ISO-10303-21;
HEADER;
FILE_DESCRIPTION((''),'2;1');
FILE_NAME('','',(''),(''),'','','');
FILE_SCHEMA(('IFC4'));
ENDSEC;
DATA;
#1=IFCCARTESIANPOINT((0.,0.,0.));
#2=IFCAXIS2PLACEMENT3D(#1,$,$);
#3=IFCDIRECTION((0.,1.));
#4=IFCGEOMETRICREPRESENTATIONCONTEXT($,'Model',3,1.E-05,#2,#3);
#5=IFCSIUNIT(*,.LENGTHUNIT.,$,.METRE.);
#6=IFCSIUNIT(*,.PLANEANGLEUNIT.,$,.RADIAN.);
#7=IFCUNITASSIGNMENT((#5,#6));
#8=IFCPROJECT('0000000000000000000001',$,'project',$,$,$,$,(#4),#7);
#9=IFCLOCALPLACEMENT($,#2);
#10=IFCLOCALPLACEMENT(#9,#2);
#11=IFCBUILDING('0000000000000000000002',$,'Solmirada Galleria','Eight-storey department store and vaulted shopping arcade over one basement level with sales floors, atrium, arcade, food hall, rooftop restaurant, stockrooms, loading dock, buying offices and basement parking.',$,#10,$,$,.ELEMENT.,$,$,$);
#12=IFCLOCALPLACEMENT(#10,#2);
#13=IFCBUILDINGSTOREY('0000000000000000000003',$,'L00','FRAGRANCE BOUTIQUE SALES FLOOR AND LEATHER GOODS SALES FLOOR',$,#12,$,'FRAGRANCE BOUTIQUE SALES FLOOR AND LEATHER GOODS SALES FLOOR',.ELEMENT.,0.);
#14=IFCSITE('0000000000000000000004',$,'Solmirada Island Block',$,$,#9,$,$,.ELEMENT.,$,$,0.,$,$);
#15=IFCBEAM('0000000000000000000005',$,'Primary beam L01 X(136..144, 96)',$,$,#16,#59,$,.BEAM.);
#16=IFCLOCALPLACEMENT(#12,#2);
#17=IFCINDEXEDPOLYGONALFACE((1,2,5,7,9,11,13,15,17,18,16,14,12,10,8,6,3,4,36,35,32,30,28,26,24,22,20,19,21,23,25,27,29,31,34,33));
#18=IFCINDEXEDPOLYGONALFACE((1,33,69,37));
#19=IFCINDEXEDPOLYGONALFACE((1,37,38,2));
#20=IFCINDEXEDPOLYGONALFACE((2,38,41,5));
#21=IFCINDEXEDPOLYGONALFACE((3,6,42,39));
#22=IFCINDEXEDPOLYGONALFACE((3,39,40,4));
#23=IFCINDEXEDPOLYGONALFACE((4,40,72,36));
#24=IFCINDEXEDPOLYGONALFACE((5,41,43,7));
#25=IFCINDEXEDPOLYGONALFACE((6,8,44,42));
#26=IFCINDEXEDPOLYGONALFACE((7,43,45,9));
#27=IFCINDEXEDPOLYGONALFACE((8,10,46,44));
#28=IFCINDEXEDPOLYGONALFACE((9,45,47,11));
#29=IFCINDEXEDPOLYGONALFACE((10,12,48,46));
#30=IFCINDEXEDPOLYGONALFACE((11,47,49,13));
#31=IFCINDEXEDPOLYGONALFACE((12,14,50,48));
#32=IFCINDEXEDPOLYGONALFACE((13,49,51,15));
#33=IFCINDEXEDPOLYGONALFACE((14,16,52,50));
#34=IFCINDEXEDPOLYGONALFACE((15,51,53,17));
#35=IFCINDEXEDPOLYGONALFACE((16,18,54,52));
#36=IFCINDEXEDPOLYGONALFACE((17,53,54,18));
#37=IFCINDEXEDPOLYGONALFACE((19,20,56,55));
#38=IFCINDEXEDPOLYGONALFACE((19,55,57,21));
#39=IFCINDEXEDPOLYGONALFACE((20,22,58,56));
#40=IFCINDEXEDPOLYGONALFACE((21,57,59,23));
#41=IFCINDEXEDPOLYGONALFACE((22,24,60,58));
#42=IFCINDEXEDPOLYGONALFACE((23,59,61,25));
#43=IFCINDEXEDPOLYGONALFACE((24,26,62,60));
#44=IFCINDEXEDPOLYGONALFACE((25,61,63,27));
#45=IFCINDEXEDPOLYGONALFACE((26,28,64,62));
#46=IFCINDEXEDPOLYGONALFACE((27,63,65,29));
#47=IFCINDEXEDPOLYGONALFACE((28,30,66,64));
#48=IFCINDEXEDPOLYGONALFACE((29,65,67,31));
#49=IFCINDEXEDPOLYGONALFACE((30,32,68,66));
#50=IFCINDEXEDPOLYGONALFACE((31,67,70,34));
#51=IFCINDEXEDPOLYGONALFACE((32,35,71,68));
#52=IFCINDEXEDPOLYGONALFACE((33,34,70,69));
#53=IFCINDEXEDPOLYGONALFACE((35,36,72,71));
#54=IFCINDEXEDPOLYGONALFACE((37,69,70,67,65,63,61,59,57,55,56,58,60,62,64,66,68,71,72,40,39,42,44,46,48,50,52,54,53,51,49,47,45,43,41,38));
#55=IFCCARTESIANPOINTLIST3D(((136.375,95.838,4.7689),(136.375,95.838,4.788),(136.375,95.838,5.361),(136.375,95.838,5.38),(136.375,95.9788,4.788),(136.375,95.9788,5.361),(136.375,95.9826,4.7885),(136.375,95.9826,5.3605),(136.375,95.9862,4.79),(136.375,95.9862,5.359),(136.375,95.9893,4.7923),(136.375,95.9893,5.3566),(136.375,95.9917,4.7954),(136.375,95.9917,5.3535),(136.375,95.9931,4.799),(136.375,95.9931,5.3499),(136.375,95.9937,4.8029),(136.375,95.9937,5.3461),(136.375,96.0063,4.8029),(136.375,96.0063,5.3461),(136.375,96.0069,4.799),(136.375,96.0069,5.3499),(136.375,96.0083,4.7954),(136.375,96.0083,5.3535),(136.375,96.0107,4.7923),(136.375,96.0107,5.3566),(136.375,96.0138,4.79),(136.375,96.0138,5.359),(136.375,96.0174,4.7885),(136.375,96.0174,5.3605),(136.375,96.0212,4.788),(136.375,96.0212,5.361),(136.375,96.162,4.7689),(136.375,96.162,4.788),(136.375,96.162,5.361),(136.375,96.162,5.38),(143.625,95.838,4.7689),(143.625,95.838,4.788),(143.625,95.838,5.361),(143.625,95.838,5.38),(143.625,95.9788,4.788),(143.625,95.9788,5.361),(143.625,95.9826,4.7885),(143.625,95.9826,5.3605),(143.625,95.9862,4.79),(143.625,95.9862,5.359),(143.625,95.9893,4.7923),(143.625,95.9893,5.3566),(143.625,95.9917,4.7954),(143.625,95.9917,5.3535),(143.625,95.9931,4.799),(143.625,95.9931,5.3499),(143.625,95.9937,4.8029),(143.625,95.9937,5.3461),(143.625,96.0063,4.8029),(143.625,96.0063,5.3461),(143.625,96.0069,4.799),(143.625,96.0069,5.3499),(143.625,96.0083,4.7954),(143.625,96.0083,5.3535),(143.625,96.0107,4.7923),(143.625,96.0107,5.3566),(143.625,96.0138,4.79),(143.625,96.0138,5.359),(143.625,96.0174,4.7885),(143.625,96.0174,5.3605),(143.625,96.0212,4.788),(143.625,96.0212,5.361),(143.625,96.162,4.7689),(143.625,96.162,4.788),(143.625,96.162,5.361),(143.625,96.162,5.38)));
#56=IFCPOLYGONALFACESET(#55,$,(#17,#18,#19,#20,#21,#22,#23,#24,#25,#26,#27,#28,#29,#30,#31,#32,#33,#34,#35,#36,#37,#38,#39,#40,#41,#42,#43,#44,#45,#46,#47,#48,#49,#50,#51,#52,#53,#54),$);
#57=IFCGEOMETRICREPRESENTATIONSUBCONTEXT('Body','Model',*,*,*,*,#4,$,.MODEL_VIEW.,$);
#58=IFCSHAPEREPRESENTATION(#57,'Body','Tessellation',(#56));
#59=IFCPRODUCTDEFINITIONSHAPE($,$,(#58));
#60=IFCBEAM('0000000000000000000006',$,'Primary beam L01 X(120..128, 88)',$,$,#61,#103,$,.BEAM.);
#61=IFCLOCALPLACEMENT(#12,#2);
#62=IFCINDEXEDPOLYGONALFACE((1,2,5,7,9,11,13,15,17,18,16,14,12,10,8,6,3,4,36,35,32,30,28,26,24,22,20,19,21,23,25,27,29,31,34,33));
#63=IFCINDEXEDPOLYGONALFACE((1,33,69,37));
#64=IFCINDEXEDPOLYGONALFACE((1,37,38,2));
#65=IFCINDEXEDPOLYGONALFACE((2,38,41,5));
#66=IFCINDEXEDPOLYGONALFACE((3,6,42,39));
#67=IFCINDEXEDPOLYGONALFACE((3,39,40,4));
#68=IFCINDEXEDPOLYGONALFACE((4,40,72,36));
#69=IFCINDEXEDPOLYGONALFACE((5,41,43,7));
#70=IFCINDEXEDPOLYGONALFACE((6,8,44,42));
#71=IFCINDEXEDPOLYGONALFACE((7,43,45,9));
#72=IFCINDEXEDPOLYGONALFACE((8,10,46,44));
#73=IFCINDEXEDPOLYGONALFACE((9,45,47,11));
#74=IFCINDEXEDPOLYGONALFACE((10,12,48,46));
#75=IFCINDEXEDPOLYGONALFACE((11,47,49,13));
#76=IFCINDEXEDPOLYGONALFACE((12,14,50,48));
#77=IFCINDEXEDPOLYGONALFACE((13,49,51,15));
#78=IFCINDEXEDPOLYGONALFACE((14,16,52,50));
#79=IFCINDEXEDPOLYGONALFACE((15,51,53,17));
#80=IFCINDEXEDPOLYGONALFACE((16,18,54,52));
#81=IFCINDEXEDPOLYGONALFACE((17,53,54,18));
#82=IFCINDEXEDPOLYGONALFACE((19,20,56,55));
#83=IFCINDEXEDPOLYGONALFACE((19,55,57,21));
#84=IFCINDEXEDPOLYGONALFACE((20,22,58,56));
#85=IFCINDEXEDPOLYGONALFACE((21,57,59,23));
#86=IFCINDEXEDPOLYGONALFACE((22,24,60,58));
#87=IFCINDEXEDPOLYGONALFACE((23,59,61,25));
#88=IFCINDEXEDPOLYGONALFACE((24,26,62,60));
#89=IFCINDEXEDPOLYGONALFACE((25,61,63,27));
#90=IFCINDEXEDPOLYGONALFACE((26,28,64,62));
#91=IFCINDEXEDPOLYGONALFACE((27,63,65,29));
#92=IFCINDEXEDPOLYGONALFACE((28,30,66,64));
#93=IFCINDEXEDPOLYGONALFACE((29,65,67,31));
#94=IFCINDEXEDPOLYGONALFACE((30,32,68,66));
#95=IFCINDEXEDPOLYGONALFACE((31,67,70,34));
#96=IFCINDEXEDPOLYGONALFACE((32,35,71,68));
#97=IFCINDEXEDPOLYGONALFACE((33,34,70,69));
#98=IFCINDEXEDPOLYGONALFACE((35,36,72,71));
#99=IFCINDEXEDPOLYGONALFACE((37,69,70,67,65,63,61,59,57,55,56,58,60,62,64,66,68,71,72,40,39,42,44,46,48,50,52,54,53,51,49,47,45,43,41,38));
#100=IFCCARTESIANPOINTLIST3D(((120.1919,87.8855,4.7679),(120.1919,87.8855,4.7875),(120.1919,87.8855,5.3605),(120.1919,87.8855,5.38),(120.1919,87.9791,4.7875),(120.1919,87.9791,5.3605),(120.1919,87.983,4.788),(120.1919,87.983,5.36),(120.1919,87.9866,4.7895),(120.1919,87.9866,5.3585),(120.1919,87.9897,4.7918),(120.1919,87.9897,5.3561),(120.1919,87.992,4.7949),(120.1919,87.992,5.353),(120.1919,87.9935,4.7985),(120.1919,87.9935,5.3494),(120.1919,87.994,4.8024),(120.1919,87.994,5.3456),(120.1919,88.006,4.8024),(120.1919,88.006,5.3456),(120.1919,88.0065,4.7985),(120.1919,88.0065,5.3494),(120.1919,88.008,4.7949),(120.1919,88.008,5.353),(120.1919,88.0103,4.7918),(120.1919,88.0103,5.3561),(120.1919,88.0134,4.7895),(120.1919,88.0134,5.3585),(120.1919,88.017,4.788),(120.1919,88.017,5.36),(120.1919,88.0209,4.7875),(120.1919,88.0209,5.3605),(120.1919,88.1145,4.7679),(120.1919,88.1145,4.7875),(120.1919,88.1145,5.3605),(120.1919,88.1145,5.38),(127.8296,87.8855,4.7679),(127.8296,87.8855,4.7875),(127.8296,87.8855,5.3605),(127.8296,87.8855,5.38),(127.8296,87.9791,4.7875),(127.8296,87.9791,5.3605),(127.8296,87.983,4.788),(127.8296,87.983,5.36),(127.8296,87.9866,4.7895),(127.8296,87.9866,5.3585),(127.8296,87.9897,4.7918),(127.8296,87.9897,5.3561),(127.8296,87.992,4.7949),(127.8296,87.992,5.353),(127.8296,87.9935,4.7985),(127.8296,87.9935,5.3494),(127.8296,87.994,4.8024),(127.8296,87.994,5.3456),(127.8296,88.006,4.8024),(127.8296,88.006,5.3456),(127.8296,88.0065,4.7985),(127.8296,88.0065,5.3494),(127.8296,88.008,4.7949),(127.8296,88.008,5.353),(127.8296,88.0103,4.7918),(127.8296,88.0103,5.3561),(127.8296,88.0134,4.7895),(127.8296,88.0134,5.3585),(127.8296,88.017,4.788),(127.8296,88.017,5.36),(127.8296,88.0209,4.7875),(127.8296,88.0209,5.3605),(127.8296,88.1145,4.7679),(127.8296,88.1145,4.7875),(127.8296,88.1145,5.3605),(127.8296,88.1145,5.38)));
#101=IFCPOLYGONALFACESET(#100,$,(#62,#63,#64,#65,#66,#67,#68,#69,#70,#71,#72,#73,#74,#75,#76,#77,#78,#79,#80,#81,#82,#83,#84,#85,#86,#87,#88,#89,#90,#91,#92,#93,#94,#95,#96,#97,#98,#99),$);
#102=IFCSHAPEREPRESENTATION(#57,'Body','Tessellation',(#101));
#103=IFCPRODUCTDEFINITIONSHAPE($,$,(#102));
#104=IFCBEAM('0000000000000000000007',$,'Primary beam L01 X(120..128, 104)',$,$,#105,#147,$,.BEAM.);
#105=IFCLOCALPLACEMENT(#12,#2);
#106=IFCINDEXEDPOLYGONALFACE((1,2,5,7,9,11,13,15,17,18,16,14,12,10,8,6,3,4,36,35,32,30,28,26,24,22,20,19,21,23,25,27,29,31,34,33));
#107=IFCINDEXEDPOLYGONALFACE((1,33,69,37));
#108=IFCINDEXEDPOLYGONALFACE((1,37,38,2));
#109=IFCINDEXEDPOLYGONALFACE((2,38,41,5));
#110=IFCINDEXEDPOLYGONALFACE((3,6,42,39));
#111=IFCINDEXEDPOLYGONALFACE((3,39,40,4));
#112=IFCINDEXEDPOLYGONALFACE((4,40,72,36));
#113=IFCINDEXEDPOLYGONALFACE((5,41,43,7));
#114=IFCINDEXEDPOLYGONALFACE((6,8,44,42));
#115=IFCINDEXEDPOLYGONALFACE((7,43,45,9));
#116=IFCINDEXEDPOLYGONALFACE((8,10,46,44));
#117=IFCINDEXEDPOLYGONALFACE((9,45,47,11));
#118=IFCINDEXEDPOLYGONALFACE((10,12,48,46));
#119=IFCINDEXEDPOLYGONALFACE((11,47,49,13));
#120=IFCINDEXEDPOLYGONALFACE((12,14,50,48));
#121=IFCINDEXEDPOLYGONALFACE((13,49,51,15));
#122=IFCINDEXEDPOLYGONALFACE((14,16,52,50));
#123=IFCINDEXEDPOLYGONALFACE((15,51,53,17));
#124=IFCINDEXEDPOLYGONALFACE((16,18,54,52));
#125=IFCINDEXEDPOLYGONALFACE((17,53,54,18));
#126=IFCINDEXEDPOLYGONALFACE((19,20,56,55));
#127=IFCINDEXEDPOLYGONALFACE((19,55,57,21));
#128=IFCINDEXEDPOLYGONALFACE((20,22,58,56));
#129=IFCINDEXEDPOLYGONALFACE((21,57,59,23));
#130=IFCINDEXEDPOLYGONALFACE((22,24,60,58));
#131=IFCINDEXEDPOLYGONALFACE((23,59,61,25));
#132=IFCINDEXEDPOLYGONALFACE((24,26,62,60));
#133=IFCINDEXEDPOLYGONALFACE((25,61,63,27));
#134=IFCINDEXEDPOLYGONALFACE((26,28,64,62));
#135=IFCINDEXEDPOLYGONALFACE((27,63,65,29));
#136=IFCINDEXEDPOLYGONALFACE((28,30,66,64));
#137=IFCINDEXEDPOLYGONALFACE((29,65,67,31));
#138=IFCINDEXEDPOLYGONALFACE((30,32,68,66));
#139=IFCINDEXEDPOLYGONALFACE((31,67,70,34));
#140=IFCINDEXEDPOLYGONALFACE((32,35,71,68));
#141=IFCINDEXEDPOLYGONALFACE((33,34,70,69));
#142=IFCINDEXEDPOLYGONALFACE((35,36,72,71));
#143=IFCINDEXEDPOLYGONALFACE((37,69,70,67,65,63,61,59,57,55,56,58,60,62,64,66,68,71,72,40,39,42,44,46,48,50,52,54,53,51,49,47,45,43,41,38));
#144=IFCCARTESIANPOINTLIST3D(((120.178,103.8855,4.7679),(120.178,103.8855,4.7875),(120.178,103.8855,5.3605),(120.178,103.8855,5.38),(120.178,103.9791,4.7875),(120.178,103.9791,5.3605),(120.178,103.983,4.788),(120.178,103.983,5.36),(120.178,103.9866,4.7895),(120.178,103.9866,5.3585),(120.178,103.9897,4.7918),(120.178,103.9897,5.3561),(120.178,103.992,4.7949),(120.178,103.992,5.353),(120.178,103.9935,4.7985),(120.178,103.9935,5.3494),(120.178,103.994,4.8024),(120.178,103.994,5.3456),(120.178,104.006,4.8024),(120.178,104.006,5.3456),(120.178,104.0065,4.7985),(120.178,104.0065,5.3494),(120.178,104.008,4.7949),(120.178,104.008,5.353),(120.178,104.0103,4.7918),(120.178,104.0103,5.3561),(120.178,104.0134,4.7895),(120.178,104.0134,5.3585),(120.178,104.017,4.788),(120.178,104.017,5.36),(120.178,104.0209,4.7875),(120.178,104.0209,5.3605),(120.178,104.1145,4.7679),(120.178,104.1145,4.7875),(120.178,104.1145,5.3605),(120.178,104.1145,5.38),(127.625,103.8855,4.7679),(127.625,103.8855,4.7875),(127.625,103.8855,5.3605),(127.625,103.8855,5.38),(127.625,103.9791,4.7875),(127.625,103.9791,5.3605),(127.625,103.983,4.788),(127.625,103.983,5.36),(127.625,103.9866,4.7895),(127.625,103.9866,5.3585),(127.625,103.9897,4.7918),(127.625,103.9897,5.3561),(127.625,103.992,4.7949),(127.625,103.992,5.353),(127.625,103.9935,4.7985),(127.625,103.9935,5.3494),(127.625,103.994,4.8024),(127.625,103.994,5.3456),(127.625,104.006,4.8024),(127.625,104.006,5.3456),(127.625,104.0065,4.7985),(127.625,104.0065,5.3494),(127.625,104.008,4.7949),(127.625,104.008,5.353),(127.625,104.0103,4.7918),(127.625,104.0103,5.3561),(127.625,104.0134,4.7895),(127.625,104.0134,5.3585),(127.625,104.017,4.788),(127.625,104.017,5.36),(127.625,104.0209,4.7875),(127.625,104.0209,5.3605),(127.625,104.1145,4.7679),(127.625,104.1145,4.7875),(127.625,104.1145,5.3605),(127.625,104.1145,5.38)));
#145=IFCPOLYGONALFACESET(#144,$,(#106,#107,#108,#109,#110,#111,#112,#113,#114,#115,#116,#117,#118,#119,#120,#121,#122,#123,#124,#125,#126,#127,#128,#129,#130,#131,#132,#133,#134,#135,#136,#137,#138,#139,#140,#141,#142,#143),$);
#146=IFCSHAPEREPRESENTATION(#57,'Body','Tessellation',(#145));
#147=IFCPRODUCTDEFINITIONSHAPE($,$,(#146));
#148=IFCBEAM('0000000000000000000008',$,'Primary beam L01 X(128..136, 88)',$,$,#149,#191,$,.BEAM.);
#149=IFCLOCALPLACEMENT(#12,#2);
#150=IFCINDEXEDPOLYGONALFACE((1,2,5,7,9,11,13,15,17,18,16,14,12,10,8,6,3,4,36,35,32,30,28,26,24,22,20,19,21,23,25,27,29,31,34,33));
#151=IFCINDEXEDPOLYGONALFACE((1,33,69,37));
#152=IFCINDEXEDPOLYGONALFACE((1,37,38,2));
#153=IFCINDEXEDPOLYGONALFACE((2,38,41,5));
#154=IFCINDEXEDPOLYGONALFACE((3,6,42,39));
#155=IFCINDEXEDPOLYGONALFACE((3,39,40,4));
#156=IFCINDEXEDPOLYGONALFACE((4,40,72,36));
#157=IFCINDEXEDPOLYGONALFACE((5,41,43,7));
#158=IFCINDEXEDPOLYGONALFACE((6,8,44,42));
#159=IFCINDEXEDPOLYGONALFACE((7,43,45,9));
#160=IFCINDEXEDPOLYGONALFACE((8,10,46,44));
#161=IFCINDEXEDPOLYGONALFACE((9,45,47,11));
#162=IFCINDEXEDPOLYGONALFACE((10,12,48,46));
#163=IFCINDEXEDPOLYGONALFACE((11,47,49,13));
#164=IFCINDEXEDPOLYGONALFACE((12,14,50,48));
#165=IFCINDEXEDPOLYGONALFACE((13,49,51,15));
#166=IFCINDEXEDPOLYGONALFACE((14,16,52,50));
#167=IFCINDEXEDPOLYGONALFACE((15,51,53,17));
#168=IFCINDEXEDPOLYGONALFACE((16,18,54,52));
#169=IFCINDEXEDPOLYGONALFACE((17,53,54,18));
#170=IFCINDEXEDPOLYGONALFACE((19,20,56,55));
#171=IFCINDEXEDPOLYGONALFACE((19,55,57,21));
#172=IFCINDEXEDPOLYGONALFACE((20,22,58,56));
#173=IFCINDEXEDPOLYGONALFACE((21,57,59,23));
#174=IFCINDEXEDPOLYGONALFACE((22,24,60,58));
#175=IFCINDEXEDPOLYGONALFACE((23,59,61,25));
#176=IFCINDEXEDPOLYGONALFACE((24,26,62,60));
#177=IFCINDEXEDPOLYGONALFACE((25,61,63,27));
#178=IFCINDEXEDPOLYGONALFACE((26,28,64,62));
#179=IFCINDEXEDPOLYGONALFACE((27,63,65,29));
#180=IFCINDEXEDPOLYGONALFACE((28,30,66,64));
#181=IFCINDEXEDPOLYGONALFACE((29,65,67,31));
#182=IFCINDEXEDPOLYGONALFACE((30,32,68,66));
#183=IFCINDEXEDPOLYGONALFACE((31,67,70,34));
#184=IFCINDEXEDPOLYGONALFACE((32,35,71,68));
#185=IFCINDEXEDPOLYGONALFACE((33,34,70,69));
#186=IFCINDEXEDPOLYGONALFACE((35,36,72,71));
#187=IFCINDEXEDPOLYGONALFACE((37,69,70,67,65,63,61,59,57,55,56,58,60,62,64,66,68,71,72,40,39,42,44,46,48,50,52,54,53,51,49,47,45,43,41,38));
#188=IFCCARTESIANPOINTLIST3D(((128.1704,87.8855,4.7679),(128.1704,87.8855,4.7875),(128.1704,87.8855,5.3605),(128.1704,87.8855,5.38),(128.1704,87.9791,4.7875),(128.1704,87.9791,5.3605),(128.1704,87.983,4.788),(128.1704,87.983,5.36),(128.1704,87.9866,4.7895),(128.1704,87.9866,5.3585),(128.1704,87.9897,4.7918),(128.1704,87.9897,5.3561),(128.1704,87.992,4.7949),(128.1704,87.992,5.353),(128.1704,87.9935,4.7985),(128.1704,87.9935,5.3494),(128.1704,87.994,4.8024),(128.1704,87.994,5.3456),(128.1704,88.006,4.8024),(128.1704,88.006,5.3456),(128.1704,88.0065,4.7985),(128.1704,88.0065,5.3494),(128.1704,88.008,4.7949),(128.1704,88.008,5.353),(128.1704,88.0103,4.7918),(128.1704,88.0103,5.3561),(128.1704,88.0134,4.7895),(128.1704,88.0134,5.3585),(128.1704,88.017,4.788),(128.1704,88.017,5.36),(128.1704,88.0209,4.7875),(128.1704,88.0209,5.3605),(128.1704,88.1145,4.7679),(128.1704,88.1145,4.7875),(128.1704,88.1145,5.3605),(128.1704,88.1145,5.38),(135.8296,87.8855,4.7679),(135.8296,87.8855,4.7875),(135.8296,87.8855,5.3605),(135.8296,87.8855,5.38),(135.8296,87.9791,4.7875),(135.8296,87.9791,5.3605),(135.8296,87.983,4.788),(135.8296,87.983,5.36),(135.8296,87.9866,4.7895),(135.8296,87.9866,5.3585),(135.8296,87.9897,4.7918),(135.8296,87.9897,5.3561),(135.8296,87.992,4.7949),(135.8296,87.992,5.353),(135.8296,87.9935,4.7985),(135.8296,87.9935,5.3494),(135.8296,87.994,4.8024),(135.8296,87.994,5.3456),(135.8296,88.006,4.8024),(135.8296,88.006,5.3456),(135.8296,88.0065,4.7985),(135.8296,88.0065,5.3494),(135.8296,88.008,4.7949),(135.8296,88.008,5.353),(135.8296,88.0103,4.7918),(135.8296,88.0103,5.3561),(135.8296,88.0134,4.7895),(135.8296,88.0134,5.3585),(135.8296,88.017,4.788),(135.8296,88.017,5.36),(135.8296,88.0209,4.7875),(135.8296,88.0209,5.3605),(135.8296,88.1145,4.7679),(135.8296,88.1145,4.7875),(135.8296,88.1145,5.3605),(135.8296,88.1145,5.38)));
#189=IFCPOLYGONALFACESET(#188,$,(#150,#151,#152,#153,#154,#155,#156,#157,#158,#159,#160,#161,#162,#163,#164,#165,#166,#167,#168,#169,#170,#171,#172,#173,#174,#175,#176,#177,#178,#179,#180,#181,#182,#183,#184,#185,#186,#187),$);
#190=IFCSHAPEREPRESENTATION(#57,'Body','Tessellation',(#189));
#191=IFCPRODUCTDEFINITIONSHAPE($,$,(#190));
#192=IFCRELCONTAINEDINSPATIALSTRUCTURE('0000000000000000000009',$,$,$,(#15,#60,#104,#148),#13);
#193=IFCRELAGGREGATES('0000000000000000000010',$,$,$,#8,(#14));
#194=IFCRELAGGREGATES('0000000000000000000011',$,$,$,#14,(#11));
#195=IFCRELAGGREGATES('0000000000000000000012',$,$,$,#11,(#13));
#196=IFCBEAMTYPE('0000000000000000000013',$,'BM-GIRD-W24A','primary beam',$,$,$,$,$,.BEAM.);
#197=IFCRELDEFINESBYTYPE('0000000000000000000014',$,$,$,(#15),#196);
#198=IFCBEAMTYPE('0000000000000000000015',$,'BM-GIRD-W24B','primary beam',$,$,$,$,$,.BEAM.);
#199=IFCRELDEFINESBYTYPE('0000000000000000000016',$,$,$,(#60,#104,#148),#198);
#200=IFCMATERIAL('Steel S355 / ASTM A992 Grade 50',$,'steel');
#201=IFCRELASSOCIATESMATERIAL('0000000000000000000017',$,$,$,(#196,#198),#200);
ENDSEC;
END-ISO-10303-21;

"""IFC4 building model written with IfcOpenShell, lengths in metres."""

from ifc_helpers import new_model, si_unit, direction, frame, origin, origin_2d, place, context, subcontext, project, spatial, i_section, extrude, material, material_profile, profile_set, type_object, element, save


model = new_model("IFC4")

# Units and contexts
model_context = context("Model", 3, precision=1e-05, world=origin(), true_north=direction((0.0, 1.0)))
body_context = subcontext(model_context, "Body", "Model", "MODEL_VIEW")
ifc_project = project(units=[si_unit("LENGTHUNIT", "METRE"), si_unit("PLANEANGLEUNIT", "RADIAN")], contexts=[model_context])

# Site, building, storey
site_placement = place(None, origin())
site = spatial("IfcSite", under=ifc_project, at=site_placement, Name="Solmirada Island Block", CompositionType="ELEMENT", RefElevation=0.0)
building_placement = place(site_placement, origin())
building = spatial("IfcBuilding", under=site, at=building_placement, Name="Solmirada Galleria", Description="Eight-storey department store and vaulted shopping arcade over one basement level with sales floors, atrium, arcade, food hall, rooftop restaurant, stockrooms, loading dock, buying offices and basement parking.", CompositionType="ELEMENT")
storey_placement = place(building_placement, origin())
storey = spatial("IfcBuildingStorey", under=building, at=storey_placement, Name="L00", Description="FRAGRANCE BOUTIQUE SALES FLOOR AND LEATHER GOODS SALES FLOOR", LongName="FRAGRANCE BOUTIQUE SALES FLOOR AND LEATHER GOODS SALES FLOOR", CompositionType="ELEMENT", Elevation=0.0)

# Beams
ifc_material_1 = material(Name="Steel S355 / ASTM A992 Grade 50", Category="steel")
ifc_material_profile_1 = material_profile(ifc_material_1, i_section(OverallWidth=0.324, OverallDepth=0.6111, WebThickness=0.0127, FlangeThickness=0.019, FilletRadius=0.0149, at=origin_2d()), Name="W24X104")
ifc_profile_set_1 = profile_set([ifc_material_profile_1], Name="Steel S355 / ASTM A992 Grade 50")
beam_type_1 = type_object("IfcBeamType", Name="BM-GIRD-W24A", Description="primary beam", PredefinedType="BEAM", material=ifc_profile_set_1)
beam_1_placement = place(storey_placement, frame((136.375, 96.0, 5.0745), z_axis=(1.0, 0.0, 0.0), x_axis=(0.0, 1.0, 0.0)))
element("IfcBeam", 1, at=beam_1_placement, inside=storey, type_object=beam_type_1, Name="Primary beam L01 X(136..144, 96)", PredefinedType="BEAM", context=body_context, shape_type="SweptSolid", body=[
    extrude(i_section(OverallWidth=0.324, OverallDepth=0.6111, WebThickness=0.0127, FlangeThickness=0.019, FilletRadius=0.0149, at=origin_2d()), origin(), (0.0, 0.0, 1.0), 7.25),
])
ifc_material_profile_2 = material_profile(ifc_material_1, i_section(OverallWidth=0.229, OverallDepth=0.6121, WebThickness=0.012, FlangeThickness=0.0195, FilletRadius=0.0149, at=origin_2d()), Name="W24X84")
ifc_profile_set_2 = profile_set([ifc_material_profile_2], Name="Steel S355 / ASTM A992 Grade 50")
beam_type_2 = type_object("IfcBeamType", Name="BM-GIRD-W24B", Description="primary beam", PredefinedType="BEAM", material=ifc_profile_set_2)
beam_2_placement = place(storey_placement, frame((120.1919, 88.0, 5.074), z_axis=(1.0, 0.0, 0.0), x_axis=(0.0, 1.0, 0.0)))
element("IfcBeam", 2, at=beam_2_placement, inside=storey, type_object=beam_type_2, Name="Primary beam L01 X(120..128, 88)", PredefinedType="BEAM", context=body_context, shape_type="SweptSolid", body=[
    extrude(i_section(OverallWidth=0.229, OverallDepth=0.6121, WebThickness=0.012, FlangeThickness=0.0195, FilletRadius=0.0149, at=origin_2d()), origin(), (0.0, 0.0, 1.0), 7.6377),
])
beam_3_placement = place(storey_placement, frame((120.178, 104.0, 5.074), z_axis=(1.0, 0.0, 0.0), x_axis=(0.0, 1.0, 0.0)))
element("IfcBeam", 3, at=beam_3_placement, inside=storey, type_object=beam_type_2, Name="Primary beam L01 X(120..128, 104)", PredefinedType="BEAM", context=body_context, shape_type="SweptSolid", body=[
    extrude(i_section(OverallWidth=0.229, OverallDepth=0.6121, WebThickness=0.012, FlangeThickness=0.0195, FilletRadius=0.0149, at=origin_2d()), origin(), (0.0, 0.0, 1.0), 7.447),
])
beam_4_placement = place(storey_placement, frame((128.1704, 88.0, 5.074), z_axis=(1.0, 0.0, 0.0), x_axis=(0.0, 1.0, 0.0)))
element("IfcBeam", 4, at=beam_4_placement, inside=storey, type_object=beam_type_2, Name="Primary beam L01 X(128..136, 88)", PredefinedType="BEAM", context=body_context, shape_type="SweptSolid", body=[
    extrude(i_section(OverallWidth=0.229, OverallDepth=0.6121, WebThickness=0.012, FlangeThickness=0.0195, FilletRadius=0.0149, at=origin_2d()), origin(), (0.0, 0.0, 1.0), 7.6592),
])

save(model, "model.ifc")
